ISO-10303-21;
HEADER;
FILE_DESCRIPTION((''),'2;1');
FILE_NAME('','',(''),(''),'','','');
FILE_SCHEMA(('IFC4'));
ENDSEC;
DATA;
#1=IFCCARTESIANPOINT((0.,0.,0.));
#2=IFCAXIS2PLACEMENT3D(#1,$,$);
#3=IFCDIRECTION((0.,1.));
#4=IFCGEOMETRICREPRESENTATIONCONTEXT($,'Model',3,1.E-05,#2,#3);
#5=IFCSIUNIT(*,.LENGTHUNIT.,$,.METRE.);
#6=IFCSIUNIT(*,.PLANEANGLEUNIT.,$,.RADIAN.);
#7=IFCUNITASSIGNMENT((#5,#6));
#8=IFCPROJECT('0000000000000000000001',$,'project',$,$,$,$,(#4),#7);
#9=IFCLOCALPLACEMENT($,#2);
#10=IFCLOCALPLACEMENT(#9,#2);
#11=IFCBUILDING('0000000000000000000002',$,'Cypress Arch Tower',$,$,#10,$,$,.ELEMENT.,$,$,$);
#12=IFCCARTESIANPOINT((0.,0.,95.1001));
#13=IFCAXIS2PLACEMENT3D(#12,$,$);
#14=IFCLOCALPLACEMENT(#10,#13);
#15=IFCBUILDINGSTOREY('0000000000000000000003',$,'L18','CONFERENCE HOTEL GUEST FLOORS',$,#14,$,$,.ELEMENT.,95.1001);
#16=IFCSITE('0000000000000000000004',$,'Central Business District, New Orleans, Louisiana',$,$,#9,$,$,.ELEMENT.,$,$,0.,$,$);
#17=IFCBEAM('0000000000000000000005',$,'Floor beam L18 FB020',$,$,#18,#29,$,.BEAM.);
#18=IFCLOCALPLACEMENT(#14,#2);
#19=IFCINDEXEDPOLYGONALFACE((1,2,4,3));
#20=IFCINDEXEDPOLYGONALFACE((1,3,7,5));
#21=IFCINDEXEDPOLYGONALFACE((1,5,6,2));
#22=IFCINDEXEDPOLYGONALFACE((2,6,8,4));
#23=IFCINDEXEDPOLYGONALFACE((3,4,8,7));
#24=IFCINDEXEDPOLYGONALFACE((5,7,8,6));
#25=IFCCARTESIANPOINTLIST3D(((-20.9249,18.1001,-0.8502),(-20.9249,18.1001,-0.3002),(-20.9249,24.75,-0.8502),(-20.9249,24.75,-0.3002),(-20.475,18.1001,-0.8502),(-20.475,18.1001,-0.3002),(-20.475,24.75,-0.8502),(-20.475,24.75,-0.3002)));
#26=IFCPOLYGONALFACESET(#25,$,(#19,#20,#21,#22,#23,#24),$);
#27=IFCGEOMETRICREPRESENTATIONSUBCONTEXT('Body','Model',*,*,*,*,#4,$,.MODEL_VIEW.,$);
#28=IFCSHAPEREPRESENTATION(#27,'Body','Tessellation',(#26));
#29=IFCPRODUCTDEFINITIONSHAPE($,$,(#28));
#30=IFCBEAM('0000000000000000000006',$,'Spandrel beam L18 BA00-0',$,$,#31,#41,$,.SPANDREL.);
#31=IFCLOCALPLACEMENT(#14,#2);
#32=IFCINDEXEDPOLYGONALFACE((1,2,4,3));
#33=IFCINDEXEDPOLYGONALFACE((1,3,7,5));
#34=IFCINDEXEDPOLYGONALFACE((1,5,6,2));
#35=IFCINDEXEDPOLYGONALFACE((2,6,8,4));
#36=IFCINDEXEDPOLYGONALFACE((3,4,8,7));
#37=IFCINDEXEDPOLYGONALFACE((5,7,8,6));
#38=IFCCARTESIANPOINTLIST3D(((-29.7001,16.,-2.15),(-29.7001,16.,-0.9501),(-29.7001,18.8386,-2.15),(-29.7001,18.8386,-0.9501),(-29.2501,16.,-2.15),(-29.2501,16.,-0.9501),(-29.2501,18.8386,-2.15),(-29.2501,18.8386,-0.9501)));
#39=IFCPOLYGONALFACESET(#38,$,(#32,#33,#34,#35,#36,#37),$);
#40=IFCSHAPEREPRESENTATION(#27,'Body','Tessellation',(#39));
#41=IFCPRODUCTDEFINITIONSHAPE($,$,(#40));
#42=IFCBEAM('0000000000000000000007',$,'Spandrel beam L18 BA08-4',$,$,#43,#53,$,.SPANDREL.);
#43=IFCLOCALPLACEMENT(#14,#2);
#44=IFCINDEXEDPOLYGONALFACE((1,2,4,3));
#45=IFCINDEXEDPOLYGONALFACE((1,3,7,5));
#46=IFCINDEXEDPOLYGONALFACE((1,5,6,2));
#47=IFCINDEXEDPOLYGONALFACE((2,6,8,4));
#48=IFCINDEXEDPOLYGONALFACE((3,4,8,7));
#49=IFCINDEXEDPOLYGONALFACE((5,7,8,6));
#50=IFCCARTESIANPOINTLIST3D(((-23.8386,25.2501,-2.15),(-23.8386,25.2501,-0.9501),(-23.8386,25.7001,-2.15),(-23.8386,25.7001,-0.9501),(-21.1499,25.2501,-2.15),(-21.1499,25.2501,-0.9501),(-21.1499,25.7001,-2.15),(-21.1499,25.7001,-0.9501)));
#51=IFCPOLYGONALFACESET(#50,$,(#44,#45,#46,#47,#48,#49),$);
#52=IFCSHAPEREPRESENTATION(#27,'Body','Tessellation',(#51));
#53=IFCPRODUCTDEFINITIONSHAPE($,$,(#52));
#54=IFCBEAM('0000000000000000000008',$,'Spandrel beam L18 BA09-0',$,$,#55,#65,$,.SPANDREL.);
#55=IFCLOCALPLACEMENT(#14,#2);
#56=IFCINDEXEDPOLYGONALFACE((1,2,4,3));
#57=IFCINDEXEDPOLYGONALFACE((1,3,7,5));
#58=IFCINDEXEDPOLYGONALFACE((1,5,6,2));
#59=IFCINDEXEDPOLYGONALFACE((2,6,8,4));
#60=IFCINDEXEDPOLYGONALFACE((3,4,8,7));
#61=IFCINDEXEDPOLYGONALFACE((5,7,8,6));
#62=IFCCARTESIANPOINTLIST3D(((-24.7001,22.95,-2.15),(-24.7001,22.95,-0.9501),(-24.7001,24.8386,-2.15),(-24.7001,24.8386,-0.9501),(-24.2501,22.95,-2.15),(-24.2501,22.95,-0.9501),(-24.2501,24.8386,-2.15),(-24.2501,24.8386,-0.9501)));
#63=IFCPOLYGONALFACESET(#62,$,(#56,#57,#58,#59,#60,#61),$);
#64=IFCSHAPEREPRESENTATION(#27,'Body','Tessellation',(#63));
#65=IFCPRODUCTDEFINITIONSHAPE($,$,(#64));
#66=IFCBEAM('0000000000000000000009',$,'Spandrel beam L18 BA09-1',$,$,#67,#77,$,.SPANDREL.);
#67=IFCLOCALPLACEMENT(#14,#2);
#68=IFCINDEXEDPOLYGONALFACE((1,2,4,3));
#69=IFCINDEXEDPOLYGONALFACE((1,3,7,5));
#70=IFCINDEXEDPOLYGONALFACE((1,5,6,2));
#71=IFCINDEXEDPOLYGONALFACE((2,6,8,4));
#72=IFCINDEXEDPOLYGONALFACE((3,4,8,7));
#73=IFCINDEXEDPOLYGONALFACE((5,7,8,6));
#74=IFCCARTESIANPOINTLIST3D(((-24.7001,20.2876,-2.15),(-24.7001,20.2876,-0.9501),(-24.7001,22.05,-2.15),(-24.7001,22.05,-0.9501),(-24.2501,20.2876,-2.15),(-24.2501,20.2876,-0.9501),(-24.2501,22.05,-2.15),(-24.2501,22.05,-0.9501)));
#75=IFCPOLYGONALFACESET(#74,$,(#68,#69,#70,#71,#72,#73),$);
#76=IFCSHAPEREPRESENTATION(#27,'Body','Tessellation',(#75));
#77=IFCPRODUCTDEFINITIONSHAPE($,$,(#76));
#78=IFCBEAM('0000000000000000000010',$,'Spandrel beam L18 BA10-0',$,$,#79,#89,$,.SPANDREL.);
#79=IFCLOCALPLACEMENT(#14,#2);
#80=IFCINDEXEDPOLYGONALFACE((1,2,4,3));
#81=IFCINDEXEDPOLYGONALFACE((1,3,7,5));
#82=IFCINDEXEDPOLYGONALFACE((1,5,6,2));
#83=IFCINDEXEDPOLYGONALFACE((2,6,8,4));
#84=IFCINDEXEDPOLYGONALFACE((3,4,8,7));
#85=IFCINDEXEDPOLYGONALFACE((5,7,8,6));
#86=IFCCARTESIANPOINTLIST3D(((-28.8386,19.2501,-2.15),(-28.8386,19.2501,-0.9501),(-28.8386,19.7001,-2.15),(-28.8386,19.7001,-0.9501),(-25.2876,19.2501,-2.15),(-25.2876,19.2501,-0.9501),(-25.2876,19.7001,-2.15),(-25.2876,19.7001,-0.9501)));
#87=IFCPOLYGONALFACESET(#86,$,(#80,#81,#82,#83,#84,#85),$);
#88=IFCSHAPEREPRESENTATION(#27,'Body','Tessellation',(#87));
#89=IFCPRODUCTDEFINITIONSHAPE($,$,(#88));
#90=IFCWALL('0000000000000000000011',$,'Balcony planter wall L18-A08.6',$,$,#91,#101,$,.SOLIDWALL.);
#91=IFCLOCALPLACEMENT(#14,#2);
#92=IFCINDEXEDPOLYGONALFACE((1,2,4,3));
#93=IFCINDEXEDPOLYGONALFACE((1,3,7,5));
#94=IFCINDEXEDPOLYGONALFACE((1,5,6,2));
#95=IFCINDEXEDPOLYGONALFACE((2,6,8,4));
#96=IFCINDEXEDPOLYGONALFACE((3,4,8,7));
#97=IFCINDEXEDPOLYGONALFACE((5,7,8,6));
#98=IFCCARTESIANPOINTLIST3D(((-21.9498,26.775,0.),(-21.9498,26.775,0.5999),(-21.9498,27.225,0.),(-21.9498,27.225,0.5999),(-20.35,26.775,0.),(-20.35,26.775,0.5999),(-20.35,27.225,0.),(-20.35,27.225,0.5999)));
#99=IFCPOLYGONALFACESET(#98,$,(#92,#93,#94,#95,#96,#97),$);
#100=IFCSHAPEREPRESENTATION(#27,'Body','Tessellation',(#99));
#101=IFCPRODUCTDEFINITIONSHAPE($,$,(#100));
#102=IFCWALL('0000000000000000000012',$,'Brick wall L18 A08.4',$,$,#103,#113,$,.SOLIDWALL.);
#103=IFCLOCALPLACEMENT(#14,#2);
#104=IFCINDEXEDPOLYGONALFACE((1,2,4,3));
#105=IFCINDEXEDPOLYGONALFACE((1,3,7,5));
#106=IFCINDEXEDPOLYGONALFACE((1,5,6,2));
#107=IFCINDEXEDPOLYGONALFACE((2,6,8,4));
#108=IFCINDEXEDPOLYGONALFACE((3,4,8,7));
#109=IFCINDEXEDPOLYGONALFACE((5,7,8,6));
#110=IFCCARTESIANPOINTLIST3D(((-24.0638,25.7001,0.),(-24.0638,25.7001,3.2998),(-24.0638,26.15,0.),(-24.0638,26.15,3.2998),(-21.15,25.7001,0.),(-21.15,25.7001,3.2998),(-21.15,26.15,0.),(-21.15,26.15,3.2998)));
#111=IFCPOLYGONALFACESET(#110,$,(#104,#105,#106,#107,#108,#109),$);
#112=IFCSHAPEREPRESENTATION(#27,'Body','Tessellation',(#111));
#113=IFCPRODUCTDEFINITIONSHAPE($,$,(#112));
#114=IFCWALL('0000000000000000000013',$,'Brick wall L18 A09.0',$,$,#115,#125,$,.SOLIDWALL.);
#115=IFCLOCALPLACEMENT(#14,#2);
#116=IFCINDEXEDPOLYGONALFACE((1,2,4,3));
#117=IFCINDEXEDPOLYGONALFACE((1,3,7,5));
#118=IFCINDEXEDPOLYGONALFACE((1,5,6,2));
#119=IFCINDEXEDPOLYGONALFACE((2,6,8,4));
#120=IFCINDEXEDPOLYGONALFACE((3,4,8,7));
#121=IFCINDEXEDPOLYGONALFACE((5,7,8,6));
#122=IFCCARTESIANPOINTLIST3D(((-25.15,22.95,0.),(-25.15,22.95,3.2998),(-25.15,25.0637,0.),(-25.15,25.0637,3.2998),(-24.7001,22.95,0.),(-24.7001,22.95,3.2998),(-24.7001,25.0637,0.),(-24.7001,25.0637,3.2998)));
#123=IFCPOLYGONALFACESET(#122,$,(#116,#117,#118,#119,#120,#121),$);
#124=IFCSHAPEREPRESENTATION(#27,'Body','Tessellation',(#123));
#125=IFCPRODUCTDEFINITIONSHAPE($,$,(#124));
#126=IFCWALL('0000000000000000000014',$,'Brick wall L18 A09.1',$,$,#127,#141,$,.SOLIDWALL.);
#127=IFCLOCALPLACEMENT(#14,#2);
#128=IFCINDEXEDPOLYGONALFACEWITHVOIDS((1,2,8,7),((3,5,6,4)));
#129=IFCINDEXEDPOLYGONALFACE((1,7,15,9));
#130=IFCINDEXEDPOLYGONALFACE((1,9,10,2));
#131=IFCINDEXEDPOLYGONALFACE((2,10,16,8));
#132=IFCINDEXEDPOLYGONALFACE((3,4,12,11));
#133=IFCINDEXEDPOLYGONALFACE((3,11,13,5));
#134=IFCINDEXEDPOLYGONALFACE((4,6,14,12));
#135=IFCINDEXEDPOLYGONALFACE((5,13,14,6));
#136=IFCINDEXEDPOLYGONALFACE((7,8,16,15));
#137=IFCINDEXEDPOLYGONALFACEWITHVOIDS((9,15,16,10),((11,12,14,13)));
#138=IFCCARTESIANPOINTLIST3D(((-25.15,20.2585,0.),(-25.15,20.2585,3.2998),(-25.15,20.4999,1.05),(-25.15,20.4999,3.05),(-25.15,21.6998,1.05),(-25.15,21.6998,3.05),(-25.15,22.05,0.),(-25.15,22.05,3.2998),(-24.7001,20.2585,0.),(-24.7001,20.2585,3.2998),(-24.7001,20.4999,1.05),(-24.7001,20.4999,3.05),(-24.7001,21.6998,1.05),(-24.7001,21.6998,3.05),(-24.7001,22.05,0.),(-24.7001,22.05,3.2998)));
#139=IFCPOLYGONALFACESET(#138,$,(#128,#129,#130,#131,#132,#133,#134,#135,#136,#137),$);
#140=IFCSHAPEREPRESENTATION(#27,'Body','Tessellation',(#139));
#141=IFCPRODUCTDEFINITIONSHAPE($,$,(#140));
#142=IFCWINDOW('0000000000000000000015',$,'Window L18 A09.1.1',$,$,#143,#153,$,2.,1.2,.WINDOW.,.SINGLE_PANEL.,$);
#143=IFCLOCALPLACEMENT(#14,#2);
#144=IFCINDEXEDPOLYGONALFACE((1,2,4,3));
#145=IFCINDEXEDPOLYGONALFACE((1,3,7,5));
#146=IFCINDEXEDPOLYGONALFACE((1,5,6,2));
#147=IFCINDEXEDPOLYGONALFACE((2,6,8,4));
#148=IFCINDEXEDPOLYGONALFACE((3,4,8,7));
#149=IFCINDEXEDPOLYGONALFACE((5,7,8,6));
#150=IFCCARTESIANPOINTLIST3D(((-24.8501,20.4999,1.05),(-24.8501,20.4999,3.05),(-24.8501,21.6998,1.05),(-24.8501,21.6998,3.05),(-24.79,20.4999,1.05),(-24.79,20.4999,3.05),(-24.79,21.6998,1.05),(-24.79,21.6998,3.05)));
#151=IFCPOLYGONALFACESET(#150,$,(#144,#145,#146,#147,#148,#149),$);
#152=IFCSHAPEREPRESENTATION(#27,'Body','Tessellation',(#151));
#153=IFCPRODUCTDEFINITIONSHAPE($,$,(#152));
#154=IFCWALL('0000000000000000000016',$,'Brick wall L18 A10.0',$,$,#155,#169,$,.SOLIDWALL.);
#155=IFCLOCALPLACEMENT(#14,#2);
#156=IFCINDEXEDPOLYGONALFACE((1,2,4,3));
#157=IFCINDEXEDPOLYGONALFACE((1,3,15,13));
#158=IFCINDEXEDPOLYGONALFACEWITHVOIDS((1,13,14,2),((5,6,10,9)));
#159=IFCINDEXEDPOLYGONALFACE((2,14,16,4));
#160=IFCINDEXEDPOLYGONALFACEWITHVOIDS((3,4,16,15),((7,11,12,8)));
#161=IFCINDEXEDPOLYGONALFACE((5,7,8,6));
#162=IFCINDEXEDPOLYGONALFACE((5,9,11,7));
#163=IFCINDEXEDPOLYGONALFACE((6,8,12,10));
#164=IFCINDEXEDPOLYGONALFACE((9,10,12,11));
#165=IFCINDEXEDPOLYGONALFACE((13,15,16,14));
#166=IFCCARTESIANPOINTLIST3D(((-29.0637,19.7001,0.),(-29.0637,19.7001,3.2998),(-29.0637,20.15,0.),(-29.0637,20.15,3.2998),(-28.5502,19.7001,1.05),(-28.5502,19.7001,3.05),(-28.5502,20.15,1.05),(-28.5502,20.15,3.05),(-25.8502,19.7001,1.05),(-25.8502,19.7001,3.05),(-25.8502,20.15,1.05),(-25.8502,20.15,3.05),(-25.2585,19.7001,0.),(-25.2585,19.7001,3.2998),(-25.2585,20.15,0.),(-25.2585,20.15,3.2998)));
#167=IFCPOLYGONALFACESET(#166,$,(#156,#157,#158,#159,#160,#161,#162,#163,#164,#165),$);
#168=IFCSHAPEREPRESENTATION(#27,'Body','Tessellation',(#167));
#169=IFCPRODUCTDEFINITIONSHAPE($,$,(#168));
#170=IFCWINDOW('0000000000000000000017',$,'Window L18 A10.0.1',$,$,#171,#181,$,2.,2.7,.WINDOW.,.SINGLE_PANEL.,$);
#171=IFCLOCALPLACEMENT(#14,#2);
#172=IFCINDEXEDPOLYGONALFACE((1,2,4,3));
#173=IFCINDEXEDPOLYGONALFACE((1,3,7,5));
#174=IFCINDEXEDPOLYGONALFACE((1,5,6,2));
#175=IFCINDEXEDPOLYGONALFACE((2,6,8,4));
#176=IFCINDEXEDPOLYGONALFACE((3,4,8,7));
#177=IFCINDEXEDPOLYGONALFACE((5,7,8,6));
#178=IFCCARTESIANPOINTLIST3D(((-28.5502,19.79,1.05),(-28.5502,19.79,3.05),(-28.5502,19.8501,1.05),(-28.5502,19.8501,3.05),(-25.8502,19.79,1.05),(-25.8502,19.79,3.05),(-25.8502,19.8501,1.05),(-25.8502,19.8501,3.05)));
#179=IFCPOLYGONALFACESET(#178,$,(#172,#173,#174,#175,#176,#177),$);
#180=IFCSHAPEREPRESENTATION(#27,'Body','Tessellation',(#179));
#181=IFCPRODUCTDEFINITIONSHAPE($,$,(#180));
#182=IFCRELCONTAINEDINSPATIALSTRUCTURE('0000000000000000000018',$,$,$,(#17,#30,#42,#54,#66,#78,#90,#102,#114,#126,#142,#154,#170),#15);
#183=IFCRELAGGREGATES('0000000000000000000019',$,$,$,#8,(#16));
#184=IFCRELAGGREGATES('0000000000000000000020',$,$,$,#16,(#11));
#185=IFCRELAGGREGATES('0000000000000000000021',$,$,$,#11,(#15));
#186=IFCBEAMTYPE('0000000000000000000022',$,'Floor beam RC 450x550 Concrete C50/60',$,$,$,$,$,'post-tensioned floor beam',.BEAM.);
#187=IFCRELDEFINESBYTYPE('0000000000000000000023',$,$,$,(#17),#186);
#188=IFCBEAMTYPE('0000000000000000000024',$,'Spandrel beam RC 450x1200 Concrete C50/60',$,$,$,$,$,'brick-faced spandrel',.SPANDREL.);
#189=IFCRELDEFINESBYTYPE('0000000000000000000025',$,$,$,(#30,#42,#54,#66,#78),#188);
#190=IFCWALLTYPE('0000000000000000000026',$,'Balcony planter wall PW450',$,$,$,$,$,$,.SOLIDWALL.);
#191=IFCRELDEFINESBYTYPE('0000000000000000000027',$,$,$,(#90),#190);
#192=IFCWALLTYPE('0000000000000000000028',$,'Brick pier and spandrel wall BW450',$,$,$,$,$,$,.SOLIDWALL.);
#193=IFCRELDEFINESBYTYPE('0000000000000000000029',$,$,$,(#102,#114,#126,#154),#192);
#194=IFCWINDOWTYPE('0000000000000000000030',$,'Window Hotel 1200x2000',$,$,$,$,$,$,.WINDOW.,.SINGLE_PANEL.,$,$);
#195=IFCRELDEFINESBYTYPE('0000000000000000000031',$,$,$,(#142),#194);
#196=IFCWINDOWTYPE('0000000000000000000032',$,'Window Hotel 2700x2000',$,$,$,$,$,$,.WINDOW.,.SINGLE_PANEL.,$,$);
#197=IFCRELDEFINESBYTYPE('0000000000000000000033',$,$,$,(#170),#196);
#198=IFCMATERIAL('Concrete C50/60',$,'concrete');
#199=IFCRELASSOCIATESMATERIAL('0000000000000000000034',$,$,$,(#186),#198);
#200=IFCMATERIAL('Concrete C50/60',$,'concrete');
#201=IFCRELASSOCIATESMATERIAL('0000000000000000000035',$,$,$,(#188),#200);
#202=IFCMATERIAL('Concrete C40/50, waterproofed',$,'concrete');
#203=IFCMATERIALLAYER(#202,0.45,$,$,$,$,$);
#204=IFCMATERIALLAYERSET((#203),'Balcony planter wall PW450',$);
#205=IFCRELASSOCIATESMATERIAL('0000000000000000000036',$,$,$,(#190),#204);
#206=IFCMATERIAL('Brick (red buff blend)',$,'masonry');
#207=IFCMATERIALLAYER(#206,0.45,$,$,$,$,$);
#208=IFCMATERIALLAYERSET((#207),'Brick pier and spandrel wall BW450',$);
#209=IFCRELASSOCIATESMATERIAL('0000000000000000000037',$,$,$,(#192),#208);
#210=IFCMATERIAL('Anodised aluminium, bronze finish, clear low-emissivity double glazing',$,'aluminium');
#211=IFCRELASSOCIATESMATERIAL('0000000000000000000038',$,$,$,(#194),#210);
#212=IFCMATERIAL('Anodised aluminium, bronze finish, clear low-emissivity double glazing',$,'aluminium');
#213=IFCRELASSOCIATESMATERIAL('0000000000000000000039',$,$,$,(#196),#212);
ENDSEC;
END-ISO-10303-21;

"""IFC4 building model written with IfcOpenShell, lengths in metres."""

from ifc_helpers import new_model, si_unit, direction, frame, frame_2d, origin, origin_2d, place, context, subcontext, project, spatial, rectangle, extrude, material, layer, layer_set, material_profile, profile_set, type_object, element, fill, save


model = new_model("IFC4")

# Units and contexts
model_context = context("Model", 3, precision=1e-05, world=origin(), true_north=direction((0.0, 1.0)))
body_context = subcontext(model_context, "Body", "Model", "MODEL_VIEW")
ifc_project = project(units=[si_unit("LENGTHUNIT", "METRE"), si_unit("PLANEANGLEUNIT", "RADIAN")], contexts=[model_context])

# Site, building, storey
site_placement = place(None, origin())
site = spatial("IfcSite", under=ifc_project, at=site_placement, Name="Central Business District, New Orleans, Louisiana", CompositionType="ELEMENT", RefElevation=0.0)
building_placement = place(site_placement, origin())
building = spatial("IfcBuilding", under=site, at=building_placement, Name="Cypress Arch Tower", CompositionType="ELEMENT")
storey_placement = place(building_placement, frame((0.0, 0.0, 95.1001)))
storey = spatial("IfcBuildingStorey", under=building, at=storey_placement, Name="L18", Description="CONFERENCE HOTEL GUEST FLOORS", CompositionType="ELEMENT", Elevation=95.1001)

# Beams
ifc_material_1 = material(Name="Concrete C50/60", Category="concrete")
ifc_material_profile_1 = material_profile(ifc_material_1, rectangle(XDim=0.45, YDim=0.55, at=origin_2d()), Name="RC 450x550")
ifc_profile_set_1 = profile_set([ifc_material_profile_1], Name="Concrete C50/60")
beam_type_1 = type_object("IfcBeamType", Name="Floor beam RC 450x550 Concrete C50/60", ElementType="post-tensioned floor beam", PredefinedType="BEAM", material=ifc_profile_set_1)
beam_1_placement = place(storey_placement, frame((-20.7, 18.1001, -0.5752), z_axis=(0.0, 1.0, 0.0), x_axis=(-1.0, 0.0, 0.0)))
element("IfcBeam", 1, at=beam_1_placement, inside=storey, type_object=beam_type_1, Name="Floor beam L18 FB020", PredefinedType="BEAM", context=body_context, shape_type="SweptSolid", body=[
    extrude(rectangle(XDim=0.45, YDim=0.55, at=origin_2d()), origin(), (0.0, 0.0, 1.0), 6.6499),
])
ifc_material_2 = material(Name="Concrete C50/60", Category="concrete")
ifc_material_profile_2 = material_profile(ifc_material_2, rectangle(XDim=0.45, YDim=1.2, at=origin_2d()), Name="RC 450x1200")
ifc_profile_set_2 = profile_set([ifc_material_profile_2], Name="Concrete C50/60")
beam_type_2 = type_object("IfcBeamType", Name="Spandrel beam RC 450x1200 Concrete C50/60", ElementType="brick-faced spandrel", PredefinedType="SPANDREL", material=ifc_profile_set_2)
beam_2_placement = place(storey_placement, frame((-29.4751, 18.8386, -1.55), z_axis=(0.0, -1.0, 0.0), x_axis=(1.0, 0.0, 0.0)))
element("IfcBeam", 2, at=beam_2_placement, inside=storey, type_object=beam_type_2, Name="Spandrel beam L18 BA00-0", PredefinedType="SPANDREL", context=body_context, shape_type="SweptSolid", body=[
    extrude(rectangle(XDim=0.45, YDim=1.2, at=origin_2d()), origin(), (0.0, 0.0, 1.0), 2.8386),
])
beam_3_placement = place(storey_placement, frame((-21.1499, 25.4751, -1.55), z_axis=(-1.0, 0.0, 0.0), x_axis=(0.0, -1.0, 0.0)))
element("IfcBeam", 3, at=beam_3_placement, inside=storey, type_object=beam_type_2, Name="Spandrel beam L18 BA08-4", PredefinedType="SPANDREL", context=body_context, shape_type="SweptSolid", body=[
    extrude(rectangle(XDim=0.45, YDim=1.2, at=origin_2d()), origin(), (0.0, 0.0, 1.0), 2.6887),
])
beam_4_placement = place(storey_placement, frame((-24.4751, 24.8386, -1.55), z_axis=(0.0, -1.0, 0.0), x_axis=(1.0, 0.0, 0.0)))
element("IfcBeam", 4, at=beam_4_placement, inside=storey, type_object=beam_type_2, Name="Spandrel beam L18 BA09-0", PredefinedType="SPANDREL", context=body_context, shape_type="SweptSolid", body=[
    extrude(rectangle(XDim=0.45, YDim=1.2, at=origin_2d()), origin(), (0.0, 0.0, 1.0), 1.8887),
])
beam_5_placement = place(storey_placement, frame((-24.4751, 22.05, -1.55), z_axis=(0.0, -1.0, 0.0), x_axis=(1.0, 0.0, 0.0)))
element("IfcBeam", 5, at=beam_5_placement, inside=storey, type_object=beam_type_2, Name="Spandrel beam L18 BA09-1", PredefinedType="SPANDREL", context=body_context, shape_type="SweptSolid", body=[
    extrude(rectangle(XDim=0.45, YDim=1.2, at=origin_2d()), origin(), (0.0, 0.0, 1.0), 1.7625),
])
beam_6_placement = place(storey_placement, frame((-25.2876, 19.4751, -1.55), z_axis=(-1.0, 0.0, 0.0), x_axis=(0.0, -1.0, 0.0)))
element("IfcBeam", 6, at=beam_6_placement, inside=storey, type_object=beam_type_2, Name="Spandrel beam L18 BA10-0", PredefinedType="SPANDREL", context=body_context, shape_type="SweptSolid", body=[
    extrude(rectangle(XDim=0.45, YDim=1.2, at=origin_2d()), origin(), (0.0, 0.0, 1.0), 3.551),
])

# Wall
ifc_material_3 = material(Name="Concrete C40/50, waterproofed", Category="concrete")
ifc_layer_1 = layer(ifc_material_3, 0.45)
ifc_layer_set_1 = layer_set([ifc_layer_1], Name="Balcony planter wall PW450")
wall_type_1 = type_object("IfcWallType", Name="Balcony planter wall PW450", PredefinedType="SOLIDWALL", material=ifc_layer_set_1)
wall_1_placement = place(storey_placement, frame((-20.3501, 27.0, 0.0), z_axis=(0.0, 0.0, 1.0), x_axis=(-1.0, 0.0, 0.0)))
element("IfcWall", 7, at=wall_1_placement, inside=storey, type_object=wall_type_1, Name="Balcony planter wall L18-A08.6", PredefinedType="SOLIDWALL", context=body_context, shape_type="SweptSolid", body=[
    extrude(rectangle(XDim=1.5999, YDim=0.45, at=frame_2d((0.7998, 0.0))), origin(), (0.0, 0.0, 1.0), 0.5999),
])

# Shared definitions
ifc_material_4 = material(Name="Brick (red buff blend)", Category="masonry")
ifc_layer_2 = layer(ifc_material_4, 0.45)
ifc_layer_set_2 = layer_set([ifc_layer_2], Name="Brick pier and spandrel wall BW450")
wall_type_2 = type_object("IfcWallType", Name="Brick pier and spandrel wall BW450", PredefinedType="SOLIDWALL", material=ifc_layer_set_2)

# Walls
wall_2_placement = place(storey_placement, frame((-21.1499, 25.925, 0.0), z_axis=(0.0, 0.0, 1.0), x_axis=(-1.0, 0.0, 0.0)))
element("IfcWall", 8, at=wall_2_placement, inside=storey, type_object=wall_type_2, Name="Brick wall L18 A08.4", PredefinedType="SOLIDWALL", context=body_context, shape_type="SweptSolid", body=[
    extrude(rectangle(XDim=2.9138, YDim=0.45, at=frame_2d((1.457, 0.0))), origin(), (0.0, 0.0, 1.0), 3.2998),
])
wall_3_placement = place(storey_placement, frame((-24.925, 25.0637, 0.0), z_axis=(0.0, 0.0, 1.0), x_axis=(0.0, -1.0, 0.0)))
element("IfcWall", 9, at=wall_3_placement, inside=storey, type_object=wall_type_2, Name="Brick wall L18 A09.0", PredefinedType="SOLIDWALL", context=body_context, shape_type="SweptSolid", body=[
    extrude(rectangle(XDim=2.1138, YDim=0.45, at=frame_2d((1.0569, 0.0))), origin(), (0.0, 0.0, 1.0), 3.2998),
])

# Walls, openings, windows
wall_4_placement = place(storey_placement, frame((-24.925, 22.05, 0.0), z_axis=(0.0, 0.0, 1.0), x_axis=(0.0, -1.0, 0.0)))
wall_4 = element("IfcWall", 10, at=wall_4_placement, inside=storey, type_object=wall_type_2, Name="Brick wall L18 A09.1", PredefinedType="SOLIDWALL", context=body_context, shape_type="SweptSolid", body=[
    extrude(rectangle(XDim=1.7915, YDim=0.45, at=frame_2d((0.8958, 0.0))), origin(), (0.0, 0.0, 1.0), 3.2998),
])
opening_1_placement = place(wall_4_placement, frame((0.3501, 0.0, 1.05)))
opening_1 = element("IfcOpeningElement", 11, at=opening_1_placement, cuts=wall_4, PredefinedType="OPENING", context=body_context, shape_type="SweptSolid", body=[
    extrude(rectangle(XDim=1.2, YDim=2.0, at=frame_2d((0.6001, 1.0))), frame((0.0, 0.2349, 0.0), z_axis=(0.0, -1.0, 0.0), x_axis=(1.0, 0.0, 0.0)), (0.0, 0.0, 1.0), 0.47),
])
ifc_material_5 = material(Name="Anodised aluminium, bronze finish, clear low-emissivity double glazing", Category="aluminium")
window_type_1 = type_object("IfcWindowType", Name="Window Hotel 1200x2000", PartitioningType="SINGLE_PANEL", PredefinedType="WINDOW", material=ifc_material_5)
window_1_placement = place(opening_1_placement, origin())
window_1 = element("IfcWindow", 12, at=window_1_placement, inside=storey, type_object=window_type_1, Name="Window L18 A09.1.1", OverallHeight=2.0, OverallWidth=1.2, PartitioningType="SINGLE_PANEL", PredefinedType="WINDOW", context=body_context, shape_type="SweptSolid", body=[
    extrude(rectangle(XDim=1.2, YDim=2.0, at=frame_2d((0.6001, 1.0))), frame((0.0, 0.135, 0.0), z_axis=(0.0, -1.0, 0.0), x_axis=(1.0, 0.0, 0.0)), (0.0, 0.0, 1.0), 0.0601),
])
fill(opening_1, window_1)
wall_5_placement = place(storey_placement, frame((-25.2585, 19.925, 0.0), z_axis=(0.0, 0.0, 1.0), x_axis=(-1.0, 0.0, 0.0)))
wall_5 = element("IfcWall", 13, at=wall_5_placement, inside=storey, type_object=wall_type_2, Name="Brick wall L18 A10.0", PredefinedType="SOLIDWALL", context=body_context, shape_type="SweptSolid", body=[
    extrude(rectangle(XDim=3.8052, YDim=0.45, at=frame_2d((1.9026, 0.0))), origin(), (0.0, 0.0, 1.0), 3.2998),
])
opening_2_placement = place(wall_5_placement, frame((0.5916, 0.0, 1.05)))
opening_2 = element("IfcOpeningElement", 14, at=opening_2_placement, cuts=wall_5, PredefinedType="OPENING", context=body_context, shape_type="SweptSolid", body=[
    extrude(rectangle(XDim=2.7, YDim=2.0, at=frame_2d((1.3501, 1.0))), frame((0.0, 0.2349, 0.0), z_axis=(0.0, -1.0, 0.0), x_axis=(1.0, 0.0, 0.0)), (0.0, 0.0, 1.0), 0.47),
])
ifc_material_6 = material(Name="Anodised aluminium, bronze finish, clear low-emissivity double glazing", Category="aluminium")
window_type_2 = type_object("IfcWindowType", Name="Window Hotel 2700x2000", PartitioningType="SINGLE_PANEL", PredefinedType="WINDOW", material=ifc_material_6)
window_2_placement = place(opening_2_placement, origin())
window_2 = element("IfcWindow", 15, at=window_2_placement, inside=storey, type_object=window_type_2, Name="Window L18 A10.0.1", OverallHeight=2.0, OverallWidth=2.7, PartitioningType="SINGLE_PANEL", PredefinedType="WINDOW", context=body_context, shape_type="SweptSolid", body=[
    extrude(rectangle(XDim=2.7, YDim=2.0, at=frame_2d((1.3501, 1.0))), frame((0.0, 0.135, 0.0), z_axis=(0.0, -1.0, 0.0), x_axis=(1.0, 0.0, 0.0)), (0.0, 0.0, 1.0), 0.0601),
])
fill(opening_2, window_2)

save(model, "model.ifc")
